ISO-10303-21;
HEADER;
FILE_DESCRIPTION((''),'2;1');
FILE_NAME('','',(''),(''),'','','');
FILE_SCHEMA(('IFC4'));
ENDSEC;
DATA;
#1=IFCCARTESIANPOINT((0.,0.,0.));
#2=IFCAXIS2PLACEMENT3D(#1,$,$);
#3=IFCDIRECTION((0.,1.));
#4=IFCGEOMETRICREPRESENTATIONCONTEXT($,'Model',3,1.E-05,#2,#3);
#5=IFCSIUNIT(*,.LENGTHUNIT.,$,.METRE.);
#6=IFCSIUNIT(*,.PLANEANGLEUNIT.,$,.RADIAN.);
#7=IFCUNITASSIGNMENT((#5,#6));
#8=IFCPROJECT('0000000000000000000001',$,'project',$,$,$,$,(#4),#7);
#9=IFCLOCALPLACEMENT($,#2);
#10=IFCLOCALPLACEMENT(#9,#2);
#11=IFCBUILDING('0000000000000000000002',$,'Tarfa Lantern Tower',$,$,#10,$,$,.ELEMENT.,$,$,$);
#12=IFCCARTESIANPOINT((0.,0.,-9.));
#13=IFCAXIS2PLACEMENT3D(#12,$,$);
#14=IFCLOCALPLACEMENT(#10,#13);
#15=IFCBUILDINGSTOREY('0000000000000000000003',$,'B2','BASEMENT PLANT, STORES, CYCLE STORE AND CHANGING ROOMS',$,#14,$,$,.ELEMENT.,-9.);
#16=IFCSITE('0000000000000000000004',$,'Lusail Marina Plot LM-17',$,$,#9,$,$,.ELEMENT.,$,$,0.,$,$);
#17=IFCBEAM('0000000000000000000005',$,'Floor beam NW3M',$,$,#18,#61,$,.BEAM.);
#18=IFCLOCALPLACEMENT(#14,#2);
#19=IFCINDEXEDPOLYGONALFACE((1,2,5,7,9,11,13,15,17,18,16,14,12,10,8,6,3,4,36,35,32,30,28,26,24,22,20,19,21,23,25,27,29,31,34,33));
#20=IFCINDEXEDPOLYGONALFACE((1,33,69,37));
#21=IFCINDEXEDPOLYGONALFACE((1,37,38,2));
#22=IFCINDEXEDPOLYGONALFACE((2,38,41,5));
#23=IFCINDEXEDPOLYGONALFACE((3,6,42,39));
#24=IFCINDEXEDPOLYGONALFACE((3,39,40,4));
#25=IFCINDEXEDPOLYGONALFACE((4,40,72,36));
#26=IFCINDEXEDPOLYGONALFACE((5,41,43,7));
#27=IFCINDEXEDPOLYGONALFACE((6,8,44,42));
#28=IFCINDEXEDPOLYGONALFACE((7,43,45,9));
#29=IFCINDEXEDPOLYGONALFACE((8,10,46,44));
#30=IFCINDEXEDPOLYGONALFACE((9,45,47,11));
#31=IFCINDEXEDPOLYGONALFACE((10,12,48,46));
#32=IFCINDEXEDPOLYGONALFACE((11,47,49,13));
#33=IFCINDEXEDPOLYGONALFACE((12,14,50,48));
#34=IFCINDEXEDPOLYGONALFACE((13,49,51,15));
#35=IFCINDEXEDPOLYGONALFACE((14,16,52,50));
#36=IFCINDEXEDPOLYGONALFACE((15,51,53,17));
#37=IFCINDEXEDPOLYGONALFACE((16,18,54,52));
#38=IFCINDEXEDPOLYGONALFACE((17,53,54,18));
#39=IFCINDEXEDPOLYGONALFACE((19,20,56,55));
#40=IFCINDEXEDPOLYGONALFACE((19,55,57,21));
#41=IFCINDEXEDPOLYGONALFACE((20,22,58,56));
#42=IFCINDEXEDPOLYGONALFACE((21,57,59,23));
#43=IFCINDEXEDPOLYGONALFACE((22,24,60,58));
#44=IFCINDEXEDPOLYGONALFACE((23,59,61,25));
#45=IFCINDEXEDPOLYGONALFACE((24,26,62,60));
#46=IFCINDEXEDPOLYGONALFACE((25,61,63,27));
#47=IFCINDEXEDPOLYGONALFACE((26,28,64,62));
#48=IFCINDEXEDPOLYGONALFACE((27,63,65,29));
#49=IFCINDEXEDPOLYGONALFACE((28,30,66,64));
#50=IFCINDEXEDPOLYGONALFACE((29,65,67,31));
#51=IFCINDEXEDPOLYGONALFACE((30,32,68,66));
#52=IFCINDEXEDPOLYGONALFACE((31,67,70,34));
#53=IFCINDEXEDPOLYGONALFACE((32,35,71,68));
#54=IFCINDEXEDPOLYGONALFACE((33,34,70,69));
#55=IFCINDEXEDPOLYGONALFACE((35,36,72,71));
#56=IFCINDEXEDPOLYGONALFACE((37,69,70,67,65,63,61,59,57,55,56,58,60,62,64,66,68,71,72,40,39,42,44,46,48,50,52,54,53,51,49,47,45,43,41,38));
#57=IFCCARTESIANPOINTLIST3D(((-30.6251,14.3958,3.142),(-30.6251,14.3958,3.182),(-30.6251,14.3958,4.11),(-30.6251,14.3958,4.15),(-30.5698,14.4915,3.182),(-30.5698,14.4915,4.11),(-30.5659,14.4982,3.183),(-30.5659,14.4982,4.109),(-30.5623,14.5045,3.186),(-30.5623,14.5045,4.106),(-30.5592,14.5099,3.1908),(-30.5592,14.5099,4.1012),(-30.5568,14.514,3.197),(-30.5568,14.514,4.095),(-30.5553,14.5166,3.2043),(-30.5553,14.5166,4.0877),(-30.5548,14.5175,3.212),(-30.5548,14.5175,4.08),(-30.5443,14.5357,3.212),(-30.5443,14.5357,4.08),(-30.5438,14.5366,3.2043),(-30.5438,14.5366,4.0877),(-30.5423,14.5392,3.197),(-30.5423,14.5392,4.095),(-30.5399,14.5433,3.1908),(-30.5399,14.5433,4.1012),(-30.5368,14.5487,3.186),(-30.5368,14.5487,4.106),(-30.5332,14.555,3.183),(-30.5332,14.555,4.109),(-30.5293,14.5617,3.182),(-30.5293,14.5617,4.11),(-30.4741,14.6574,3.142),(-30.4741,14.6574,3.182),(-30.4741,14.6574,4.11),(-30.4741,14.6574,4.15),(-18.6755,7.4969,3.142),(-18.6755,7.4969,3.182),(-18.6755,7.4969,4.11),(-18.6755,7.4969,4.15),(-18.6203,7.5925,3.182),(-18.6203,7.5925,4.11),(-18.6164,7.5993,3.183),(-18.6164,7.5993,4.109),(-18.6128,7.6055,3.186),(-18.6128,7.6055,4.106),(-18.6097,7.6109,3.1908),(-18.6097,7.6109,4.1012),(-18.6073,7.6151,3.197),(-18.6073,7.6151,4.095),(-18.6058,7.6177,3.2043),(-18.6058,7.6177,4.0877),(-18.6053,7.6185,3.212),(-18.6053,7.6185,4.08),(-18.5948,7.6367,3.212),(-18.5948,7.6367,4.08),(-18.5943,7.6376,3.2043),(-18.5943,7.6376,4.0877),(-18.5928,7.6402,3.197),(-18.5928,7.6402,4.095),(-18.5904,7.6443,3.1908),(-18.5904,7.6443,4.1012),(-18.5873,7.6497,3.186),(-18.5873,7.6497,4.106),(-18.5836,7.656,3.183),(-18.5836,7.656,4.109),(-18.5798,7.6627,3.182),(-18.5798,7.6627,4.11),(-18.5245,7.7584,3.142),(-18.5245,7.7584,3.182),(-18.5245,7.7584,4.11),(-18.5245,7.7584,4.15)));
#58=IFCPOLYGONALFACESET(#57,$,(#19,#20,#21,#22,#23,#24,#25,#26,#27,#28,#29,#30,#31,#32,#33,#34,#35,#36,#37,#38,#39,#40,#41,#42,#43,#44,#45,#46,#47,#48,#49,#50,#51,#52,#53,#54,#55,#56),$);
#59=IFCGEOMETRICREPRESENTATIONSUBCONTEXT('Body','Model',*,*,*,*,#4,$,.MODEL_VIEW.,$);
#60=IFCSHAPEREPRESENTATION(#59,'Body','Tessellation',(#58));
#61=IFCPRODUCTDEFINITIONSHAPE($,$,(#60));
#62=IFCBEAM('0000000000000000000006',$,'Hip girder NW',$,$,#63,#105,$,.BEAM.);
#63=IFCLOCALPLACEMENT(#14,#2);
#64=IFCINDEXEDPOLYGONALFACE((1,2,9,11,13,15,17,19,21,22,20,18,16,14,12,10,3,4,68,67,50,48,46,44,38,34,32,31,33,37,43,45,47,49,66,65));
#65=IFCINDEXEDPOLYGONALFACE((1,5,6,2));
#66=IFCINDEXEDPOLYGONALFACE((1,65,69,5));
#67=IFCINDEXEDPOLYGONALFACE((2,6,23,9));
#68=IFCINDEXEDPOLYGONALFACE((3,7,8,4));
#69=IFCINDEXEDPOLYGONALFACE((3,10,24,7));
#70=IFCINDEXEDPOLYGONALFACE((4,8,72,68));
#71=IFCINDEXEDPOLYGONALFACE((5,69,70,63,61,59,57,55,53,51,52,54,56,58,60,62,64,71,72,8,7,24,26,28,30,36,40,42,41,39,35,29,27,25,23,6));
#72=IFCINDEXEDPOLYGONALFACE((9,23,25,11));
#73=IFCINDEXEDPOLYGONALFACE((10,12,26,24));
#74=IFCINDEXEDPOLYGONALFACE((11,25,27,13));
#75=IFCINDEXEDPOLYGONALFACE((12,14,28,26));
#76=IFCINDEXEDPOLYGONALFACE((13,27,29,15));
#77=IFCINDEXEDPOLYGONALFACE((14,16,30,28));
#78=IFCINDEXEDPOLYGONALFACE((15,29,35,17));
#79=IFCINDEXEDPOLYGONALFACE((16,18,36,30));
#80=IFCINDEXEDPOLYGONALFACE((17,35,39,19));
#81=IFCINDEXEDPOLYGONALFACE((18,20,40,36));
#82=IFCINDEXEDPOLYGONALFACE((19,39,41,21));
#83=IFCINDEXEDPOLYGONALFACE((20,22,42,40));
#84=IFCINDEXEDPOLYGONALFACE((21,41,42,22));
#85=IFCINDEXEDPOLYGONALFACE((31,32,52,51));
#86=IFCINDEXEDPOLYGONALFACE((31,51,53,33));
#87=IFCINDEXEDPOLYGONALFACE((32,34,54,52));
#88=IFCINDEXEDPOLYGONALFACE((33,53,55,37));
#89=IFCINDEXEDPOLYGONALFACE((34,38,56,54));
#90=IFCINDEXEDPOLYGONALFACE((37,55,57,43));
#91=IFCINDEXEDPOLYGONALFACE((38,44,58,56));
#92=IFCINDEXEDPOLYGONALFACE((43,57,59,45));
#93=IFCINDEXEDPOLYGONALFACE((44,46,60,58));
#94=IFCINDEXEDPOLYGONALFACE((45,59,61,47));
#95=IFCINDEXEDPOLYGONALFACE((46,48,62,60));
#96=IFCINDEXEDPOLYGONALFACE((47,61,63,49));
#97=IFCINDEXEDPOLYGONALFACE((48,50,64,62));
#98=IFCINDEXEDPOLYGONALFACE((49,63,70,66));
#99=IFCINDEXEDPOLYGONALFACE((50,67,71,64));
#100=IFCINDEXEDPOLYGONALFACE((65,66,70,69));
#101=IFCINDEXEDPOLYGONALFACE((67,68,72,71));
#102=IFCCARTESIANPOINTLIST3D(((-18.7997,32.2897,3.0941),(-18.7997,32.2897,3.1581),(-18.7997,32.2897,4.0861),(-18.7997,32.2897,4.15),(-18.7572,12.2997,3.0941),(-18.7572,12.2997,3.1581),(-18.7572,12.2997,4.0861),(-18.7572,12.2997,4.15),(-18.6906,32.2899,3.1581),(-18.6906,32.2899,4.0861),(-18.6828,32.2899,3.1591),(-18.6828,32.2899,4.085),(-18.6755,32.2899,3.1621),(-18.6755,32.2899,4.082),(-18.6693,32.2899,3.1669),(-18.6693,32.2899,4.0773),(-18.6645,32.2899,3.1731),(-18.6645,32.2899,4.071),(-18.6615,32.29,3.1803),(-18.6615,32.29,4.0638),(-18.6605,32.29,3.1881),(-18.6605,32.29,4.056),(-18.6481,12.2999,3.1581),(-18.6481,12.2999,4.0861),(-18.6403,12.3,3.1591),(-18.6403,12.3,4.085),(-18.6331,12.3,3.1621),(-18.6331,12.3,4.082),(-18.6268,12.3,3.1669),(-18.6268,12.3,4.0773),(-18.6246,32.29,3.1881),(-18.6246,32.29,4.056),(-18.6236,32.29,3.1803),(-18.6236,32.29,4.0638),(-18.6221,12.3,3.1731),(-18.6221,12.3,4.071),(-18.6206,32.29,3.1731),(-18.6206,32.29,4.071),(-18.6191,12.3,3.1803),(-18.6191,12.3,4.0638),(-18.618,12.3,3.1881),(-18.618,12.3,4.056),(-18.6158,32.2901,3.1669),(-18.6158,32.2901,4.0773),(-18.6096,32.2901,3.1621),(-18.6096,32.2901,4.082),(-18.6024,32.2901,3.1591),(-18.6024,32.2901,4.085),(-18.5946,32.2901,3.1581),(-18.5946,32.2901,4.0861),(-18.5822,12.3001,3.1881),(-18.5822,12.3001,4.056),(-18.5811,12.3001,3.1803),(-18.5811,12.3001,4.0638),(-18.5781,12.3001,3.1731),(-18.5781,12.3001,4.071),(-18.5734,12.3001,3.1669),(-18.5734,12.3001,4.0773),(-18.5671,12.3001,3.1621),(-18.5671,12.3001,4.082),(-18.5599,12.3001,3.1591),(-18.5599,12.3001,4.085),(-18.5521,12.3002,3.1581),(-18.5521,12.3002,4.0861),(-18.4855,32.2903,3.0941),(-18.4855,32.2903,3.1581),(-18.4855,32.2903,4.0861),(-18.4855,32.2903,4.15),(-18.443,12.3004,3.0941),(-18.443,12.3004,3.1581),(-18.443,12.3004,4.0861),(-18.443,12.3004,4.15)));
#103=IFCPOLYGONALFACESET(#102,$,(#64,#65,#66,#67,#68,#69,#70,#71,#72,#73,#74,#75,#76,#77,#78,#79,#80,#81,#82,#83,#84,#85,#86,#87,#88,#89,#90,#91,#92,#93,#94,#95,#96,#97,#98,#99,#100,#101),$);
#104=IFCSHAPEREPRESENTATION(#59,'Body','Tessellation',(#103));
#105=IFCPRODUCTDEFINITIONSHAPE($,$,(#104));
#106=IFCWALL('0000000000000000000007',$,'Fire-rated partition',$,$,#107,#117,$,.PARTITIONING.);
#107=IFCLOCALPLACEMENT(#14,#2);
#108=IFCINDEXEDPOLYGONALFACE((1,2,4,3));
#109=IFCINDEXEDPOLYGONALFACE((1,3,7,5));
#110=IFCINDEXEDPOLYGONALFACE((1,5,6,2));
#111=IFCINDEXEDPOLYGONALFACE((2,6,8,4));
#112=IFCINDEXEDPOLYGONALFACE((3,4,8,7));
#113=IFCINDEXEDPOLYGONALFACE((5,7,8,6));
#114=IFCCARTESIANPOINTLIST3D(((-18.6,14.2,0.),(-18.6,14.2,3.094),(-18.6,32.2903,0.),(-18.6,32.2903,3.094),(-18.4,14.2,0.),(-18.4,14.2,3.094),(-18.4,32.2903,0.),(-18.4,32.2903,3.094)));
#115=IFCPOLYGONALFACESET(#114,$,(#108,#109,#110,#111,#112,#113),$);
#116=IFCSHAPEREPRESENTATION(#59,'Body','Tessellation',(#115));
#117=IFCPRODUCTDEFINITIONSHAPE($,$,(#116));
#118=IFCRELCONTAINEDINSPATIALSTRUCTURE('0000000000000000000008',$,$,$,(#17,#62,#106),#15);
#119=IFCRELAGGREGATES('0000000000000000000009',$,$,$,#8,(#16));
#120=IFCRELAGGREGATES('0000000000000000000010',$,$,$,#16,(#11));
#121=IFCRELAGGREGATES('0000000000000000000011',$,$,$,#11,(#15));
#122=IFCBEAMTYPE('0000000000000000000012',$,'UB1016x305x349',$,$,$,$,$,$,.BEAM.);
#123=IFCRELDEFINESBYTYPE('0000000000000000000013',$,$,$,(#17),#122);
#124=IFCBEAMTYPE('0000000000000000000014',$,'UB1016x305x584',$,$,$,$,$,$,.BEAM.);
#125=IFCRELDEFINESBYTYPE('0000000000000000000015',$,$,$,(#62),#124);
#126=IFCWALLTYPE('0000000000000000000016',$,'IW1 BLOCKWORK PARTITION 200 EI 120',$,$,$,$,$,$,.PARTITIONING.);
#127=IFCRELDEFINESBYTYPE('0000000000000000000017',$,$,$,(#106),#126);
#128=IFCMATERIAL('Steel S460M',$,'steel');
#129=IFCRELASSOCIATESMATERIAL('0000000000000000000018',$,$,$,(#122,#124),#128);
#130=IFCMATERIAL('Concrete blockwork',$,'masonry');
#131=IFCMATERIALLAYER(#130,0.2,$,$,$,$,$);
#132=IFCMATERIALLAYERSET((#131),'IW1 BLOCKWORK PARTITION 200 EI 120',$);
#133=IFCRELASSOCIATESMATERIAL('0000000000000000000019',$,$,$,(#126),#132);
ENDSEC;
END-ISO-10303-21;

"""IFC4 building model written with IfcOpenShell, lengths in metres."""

from ifc_helpers import new_model, si_unit, direction, frame, frame_2d, origin, origin_2d, place, context, subcontext, project, spatial, rectangle, i_section, extrude, material, layer, layer_set, material_profile, profile_set, type_object, element, save


model = new_model("IFC4")

# Units and contexts
model_context = context("Model", 3, precision=1e-05, world=origin(), true_north=direction((0.0, 1.0)))
body_context = subcontext(model_context, "Body", "Model", "MODEL_VIEW")
ifc_project = project(units=[si_unit("LENGTHUNIT", "METRE"), si_unit("PLANEANGLEUNIT", "RADIAN")], contexts=[model_context])

# Site, building, storey
site_placement = place(None, origin())
site = spatial("IfcSite", under=ifc_project, at=site_placement, Name="Lusail Marina Plot LM-17", CompositionType="ELEMENT", RefElevation=0.0)
building_placement = place(site_placement, origin())
building = spatial("IfcBuilding", under=site, at=building_placement, Name="Tarfa Lantern Tower", CompositionType="ELEMENT")
storey_placement = place(building_placement, frame((0.0, 0.0, -9.0)))
storey = spatial("IfcBuildingStorey", under=building, at=storey_placement, Name="B2", Description="BASEMENT PLANT, STORES, CYCLE STORE AND CHANGING ROOMS", CompositionType="ELEMENT", Elevation=-9.0)

# Beams
ifc_material_1 = material(Name="Steel S460M", Category="steel")
ifc_material_profile_1 = material_profile(ifc_material_1, i_section(OverallWidth=0.302, OverallDepth=1.0081, WebThickness=0.021, FlangeThickness=0.04, FilletRadius=0.03, at=origin_2d()), Name="UB1016x305x349")
ifc_profile_set_1 = profile_set([ifc_material_profile_1], Name="Steel S460M")
beam_type_1 = type_object("IfcBeamType", Name="UB1016x305x349", PredefinedType="BEAM", material=ifc_profile_set_1)
beam_1_placement = place(storey_placement, frame((-30.5496, 14.5266, 3.646), z_axis=(0.866029, -0.499995, 0.0), x_axis=(0.499995, 0.866029, 0.0)))
element("IfcBeam", 1, at=beam_1_placement, inside=storey, type_object=beam_type_1, Name="Floor beam NW3M", PredefinedType="BEAM", context=body_context, shape_type="SweptSolid", body=[
    extrude(i_section(OverallWidth=0.302, OverallDepth=1.0081, WebThickness=0.021, FlangeThickness=0.04, FilletRadius=0.03, at=origin_2d()), origin(), (0.0, 0.0, 1.0), 13.7981),
])
ifc_material_profile_2 = material_profile(ifc_material_1, i_section(OverallWidth=0.3142, OverallDepth=1.0559, WebThickness=0.0359, FlangeThickness=0.064, FilletRadius=0.03, at=origin_2d()), Name="UB1016x305x584")
ifc_profile_set_2 = profile_set([ifc_material_profile_2], Name="Steel S460M")
beam_type_2 = type_object("IfcBeamType", Name="UB1016x305x584", PredefinedType="BEAM", material=ifc_profile_set_2)
beam_2_placement = place(storey_placement, frame((-18.6001, 12.3, 3.6221), z_axis=(-0.002125, 0.999998, 0.0), x_axis=(-0.999998, -0.002125, 0.0)))
element("IfcBeam", 2, at=beam_2_placement, inside=storey, type_object=beam_type_2, Name="Hip girder NW", PredefinedType="BEAM", context=body_context, shape_type="SweptSolid", body=[
    extrude(i_section(OverallWidth=0.3142, OverallDepth=1.0559, WebThickness=0.0359, FlangeThickness=0.064, FilletRadius=0.03, at=origin_2d()), origin(), (0.0, 0.0, 1.0), 19.99),
])

# Wall
ifc_material_2 = material(Name="Concrete blockwork", Category="masonry")
ifc_layer_1 = layer(ifc_material_2, 0.2)
ifc_layer_set_1 = layer_set([ifc_layer_1], Name="IW1 BLOCKWORK PARTITION 200 EI 120")
wall_type_1 = type_object("IfcWallType", Name="IW1 BLOCKWORK PARTITION 200 EI 120", PredefinedType="PARTITIONING", material=ifc_layer_set_1)
wall_1_placement = place(storey_placement, frame((-18.5, 14.2, 0.0), z_axis=(0.0, 0.0, 1.0), x_axis=(0.0, 1.0, 0.0)))
element("IfcWall", 3, at=wall_1_placement, inside=storey, type_object=wall_type_1, Name="Fire-rated partition", PredefinedType="PARTITIONING", context=body_context, shape_type="SweptSolid", body=[
    extrude(rectangle(XDim=18.0903, YDim=0.2, at=frame_2d((9.0452, 0.0))), origin(), (0.0, 0.0, 1.0), 3.094),
])

save(model, "model.ifc")
